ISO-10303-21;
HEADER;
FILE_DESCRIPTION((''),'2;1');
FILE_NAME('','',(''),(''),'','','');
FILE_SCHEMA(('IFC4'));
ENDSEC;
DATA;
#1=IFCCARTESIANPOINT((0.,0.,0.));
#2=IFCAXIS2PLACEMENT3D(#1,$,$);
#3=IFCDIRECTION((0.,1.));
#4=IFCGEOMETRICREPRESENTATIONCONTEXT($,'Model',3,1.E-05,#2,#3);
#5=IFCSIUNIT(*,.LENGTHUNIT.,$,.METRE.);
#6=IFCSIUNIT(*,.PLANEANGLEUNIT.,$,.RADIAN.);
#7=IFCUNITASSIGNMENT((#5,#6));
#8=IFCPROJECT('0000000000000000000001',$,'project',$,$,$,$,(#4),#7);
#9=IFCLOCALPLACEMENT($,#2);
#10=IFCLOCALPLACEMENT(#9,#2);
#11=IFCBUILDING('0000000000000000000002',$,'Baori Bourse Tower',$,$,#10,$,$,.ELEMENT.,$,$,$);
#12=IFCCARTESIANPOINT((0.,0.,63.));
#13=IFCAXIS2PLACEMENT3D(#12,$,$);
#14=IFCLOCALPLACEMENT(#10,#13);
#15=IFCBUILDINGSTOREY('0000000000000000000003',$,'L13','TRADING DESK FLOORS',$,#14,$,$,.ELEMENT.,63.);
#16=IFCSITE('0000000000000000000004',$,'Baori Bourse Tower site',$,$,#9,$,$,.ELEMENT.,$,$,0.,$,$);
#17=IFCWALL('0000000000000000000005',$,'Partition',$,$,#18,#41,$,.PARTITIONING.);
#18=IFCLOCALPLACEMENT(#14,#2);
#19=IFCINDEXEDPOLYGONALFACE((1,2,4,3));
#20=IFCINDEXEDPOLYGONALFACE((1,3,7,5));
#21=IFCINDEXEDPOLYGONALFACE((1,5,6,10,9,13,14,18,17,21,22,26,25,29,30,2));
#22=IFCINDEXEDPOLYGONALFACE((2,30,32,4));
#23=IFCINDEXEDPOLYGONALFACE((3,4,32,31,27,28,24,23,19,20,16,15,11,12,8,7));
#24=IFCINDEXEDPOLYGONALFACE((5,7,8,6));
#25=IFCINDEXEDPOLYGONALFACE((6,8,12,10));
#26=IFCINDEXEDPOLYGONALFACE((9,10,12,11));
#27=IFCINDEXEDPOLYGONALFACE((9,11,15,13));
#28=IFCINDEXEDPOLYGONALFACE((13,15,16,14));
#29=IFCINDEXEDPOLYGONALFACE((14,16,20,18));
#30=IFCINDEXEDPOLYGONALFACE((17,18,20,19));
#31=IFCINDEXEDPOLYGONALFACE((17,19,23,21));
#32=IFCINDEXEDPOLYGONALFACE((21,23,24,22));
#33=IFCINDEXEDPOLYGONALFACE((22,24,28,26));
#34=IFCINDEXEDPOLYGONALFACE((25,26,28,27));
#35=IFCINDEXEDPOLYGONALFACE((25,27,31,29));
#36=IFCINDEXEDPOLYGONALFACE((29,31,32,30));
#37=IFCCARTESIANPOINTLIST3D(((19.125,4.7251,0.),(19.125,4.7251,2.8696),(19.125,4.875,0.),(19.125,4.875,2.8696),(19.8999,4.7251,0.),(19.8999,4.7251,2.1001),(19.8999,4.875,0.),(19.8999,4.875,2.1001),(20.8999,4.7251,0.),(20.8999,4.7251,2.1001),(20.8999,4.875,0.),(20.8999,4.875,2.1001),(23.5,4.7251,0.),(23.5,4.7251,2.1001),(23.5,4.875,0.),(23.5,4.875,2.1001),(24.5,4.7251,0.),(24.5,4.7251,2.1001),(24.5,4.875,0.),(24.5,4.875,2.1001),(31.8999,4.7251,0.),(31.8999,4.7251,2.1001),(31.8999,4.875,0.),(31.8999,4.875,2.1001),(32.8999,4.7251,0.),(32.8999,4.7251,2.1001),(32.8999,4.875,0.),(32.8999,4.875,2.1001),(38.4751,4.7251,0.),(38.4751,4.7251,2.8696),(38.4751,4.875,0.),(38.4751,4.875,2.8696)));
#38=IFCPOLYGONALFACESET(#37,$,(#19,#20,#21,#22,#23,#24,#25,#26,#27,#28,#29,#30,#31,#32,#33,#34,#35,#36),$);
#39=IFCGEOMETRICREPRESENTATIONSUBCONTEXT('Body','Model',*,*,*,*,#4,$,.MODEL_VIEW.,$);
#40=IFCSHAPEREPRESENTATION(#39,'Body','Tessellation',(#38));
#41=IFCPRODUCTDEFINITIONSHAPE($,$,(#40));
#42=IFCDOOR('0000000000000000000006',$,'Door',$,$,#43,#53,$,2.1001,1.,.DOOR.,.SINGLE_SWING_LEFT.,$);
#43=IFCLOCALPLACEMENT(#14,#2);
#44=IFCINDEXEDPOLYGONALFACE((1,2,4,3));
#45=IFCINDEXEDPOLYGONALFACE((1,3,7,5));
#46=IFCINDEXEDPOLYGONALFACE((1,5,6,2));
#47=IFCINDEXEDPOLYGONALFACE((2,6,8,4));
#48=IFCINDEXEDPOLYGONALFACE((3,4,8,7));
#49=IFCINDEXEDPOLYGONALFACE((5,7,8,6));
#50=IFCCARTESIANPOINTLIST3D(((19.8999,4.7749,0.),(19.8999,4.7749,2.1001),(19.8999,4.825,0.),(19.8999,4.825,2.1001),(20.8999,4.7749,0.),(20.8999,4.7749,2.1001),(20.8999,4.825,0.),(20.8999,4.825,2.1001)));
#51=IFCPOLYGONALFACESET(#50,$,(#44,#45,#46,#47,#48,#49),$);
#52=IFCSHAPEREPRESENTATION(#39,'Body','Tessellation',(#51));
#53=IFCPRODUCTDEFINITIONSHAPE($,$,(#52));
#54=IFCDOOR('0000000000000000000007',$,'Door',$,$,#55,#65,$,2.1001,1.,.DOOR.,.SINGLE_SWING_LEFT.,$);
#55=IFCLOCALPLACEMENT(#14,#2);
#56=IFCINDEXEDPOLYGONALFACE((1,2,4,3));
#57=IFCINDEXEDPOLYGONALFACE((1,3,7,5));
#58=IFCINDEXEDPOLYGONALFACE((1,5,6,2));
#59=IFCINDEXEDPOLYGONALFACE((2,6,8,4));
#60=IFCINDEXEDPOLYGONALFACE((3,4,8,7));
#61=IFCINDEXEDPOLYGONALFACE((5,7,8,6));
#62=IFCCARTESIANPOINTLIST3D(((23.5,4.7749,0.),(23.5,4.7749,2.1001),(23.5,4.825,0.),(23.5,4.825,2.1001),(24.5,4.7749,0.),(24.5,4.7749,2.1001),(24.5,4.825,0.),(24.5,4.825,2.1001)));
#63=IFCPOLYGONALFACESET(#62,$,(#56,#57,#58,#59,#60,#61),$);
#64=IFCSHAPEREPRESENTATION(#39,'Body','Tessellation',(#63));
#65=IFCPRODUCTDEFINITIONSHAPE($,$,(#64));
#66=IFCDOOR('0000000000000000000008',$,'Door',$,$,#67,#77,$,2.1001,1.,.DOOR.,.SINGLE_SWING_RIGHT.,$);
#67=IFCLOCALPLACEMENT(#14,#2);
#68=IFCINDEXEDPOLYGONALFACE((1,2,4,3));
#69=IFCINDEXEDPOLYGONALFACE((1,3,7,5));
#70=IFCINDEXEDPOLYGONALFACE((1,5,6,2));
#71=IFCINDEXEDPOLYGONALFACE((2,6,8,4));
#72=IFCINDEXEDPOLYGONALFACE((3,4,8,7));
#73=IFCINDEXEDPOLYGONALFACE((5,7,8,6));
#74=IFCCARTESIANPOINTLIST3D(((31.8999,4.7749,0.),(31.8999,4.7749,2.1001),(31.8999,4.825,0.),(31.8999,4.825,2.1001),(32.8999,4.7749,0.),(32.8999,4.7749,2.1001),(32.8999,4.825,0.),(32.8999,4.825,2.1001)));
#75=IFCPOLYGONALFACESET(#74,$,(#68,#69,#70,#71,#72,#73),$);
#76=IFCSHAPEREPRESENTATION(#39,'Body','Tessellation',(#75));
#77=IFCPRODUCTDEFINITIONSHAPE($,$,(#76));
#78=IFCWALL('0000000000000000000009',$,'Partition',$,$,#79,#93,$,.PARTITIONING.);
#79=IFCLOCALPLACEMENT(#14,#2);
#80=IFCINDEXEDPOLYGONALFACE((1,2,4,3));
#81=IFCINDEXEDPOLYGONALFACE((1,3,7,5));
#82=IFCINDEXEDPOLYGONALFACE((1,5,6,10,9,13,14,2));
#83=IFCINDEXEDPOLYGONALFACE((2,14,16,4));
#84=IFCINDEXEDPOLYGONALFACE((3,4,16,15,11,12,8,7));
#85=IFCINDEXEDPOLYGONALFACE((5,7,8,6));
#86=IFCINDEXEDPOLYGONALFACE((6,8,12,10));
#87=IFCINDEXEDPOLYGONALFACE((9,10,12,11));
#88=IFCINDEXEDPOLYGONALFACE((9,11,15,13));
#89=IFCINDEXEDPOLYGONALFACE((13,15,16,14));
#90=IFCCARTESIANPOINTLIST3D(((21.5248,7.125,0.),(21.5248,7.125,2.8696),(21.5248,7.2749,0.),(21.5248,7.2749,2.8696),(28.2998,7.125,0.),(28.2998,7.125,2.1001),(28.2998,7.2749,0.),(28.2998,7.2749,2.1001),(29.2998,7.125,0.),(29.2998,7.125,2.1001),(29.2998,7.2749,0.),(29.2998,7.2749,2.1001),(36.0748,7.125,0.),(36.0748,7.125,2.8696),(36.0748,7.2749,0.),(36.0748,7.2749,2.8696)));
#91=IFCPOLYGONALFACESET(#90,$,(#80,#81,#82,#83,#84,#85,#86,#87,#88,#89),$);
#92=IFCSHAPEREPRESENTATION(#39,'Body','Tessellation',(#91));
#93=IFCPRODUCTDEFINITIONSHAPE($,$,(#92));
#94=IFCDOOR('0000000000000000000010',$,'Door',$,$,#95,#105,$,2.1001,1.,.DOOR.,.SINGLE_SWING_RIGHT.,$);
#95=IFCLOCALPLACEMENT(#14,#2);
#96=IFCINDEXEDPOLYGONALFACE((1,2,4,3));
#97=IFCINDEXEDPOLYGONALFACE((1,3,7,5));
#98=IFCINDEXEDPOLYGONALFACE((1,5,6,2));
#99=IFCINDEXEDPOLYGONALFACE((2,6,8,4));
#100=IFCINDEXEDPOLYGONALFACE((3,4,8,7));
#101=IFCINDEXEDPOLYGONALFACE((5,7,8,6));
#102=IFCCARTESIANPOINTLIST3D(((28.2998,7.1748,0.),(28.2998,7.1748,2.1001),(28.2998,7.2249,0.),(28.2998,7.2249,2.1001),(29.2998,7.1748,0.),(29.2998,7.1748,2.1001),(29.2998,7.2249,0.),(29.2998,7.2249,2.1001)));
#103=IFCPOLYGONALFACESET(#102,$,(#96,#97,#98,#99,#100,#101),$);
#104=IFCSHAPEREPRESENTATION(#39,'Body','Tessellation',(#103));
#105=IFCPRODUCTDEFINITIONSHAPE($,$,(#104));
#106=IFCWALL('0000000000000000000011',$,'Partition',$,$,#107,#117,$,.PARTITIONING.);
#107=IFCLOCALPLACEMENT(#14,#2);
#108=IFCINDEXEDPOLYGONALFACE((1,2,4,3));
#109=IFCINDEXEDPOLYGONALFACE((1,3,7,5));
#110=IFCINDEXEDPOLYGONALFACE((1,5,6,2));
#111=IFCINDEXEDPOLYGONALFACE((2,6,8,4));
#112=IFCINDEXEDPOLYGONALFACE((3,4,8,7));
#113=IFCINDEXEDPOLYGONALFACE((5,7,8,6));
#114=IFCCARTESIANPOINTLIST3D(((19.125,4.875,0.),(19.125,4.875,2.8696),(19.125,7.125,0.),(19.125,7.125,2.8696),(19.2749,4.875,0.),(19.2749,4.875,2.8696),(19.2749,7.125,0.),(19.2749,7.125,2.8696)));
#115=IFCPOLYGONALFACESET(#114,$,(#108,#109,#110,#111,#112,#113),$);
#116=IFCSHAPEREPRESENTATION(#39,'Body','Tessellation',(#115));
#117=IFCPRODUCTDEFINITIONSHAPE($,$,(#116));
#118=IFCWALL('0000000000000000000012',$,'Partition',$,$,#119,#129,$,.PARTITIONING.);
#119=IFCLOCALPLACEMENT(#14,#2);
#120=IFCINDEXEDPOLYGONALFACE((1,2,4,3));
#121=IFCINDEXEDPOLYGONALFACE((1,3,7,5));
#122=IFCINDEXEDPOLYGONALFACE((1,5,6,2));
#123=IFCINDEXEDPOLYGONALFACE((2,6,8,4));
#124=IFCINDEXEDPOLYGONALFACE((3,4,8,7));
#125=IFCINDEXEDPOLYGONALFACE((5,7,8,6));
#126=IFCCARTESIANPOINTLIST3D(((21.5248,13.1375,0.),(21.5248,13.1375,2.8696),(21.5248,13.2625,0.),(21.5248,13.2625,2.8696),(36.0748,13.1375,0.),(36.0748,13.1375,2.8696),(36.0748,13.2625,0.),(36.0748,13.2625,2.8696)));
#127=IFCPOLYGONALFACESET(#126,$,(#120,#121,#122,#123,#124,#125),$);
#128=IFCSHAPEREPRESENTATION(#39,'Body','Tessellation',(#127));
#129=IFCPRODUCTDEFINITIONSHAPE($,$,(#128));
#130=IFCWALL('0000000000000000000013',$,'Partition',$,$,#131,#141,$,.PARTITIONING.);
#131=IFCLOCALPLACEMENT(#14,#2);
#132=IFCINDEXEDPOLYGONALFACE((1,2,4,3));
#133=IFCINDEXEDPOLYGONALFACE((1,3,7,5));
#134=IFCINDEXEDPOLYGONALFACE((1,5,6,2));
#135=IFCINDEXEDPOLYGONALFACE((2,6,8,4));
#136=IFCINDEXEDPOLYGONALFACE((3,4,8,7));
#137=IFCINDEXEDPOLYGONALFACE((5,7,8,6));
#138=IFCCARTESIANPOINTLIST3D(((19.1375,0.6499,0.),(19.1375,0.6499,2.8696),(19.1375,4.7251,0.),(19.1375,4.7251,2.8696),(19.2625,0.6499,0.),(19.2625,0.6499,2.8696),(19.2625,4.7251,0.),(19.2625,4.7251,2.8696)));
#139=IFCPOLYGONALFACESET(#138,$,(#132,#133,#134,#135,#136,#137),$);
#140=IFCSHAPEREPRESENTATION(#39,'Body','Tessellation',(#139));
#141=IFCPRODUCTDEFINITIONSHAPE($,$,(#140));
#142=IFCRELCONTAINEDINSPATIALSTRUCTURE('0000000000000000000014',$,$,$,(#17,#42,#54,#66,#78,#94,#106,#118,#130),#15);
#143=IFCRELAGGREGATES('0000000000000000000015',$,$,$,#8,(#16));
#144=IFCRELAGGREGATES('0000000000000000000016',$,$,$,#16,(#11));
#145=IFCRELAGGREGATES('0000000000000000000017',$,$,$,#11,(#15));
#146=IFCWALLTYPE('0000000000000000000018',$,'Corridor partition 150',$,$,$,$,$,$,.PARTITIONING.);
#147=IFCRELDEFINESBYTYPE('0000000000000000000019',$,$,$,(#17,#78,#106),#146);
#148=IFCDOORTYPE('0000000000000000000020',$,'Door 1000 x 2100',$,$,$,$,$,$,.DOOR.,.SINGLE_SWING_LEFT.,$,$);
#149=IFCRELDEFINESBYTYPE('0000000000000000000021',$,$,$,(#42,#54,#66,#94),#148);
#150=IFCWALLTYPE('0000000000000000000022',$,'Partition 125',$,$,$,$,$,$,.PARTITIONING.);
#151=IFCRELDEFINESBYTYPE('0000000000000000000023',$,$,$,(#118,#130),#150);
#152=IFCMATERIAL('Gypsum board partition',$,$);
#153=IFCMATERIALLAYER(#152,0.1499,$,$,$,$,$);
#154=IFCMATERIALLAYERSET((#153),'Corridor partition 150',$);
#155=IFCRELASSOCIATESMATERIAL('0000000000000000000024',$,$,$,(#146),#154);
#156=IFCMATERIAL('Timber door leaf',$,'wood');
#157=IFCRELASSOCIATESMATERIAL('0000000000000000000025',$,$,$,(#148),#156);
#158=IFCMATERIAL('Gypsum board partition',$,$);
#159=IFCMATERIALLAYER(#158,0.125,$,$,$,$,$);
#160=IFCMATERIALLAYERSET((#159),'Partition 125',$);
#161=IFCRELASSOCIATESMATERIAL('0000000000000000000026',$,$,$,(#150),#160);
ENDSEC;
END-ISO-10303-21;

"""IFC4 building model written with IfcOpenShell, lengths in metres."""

from ifc_helpers import new_model, si_unit, direction, frame, frame_2d, origin, place, context, subcontext, project, spatial, rectangle, extrude, material, layer, layer_set, type_object, element, fill, save


model = new_model("IFC4")

# Units and contexts
model_context = context("Model", 3, precision=1e-05, world=origin(), true_north=direction((0.0, 1.0)))
body_context = subcontext(model_context, "Body", "Model", "MODEL_VIEW")
ifc_project = project(units=[si_unit("LENGTHUNIT", "METRE"), si_unit("PLANEANGLEUNIT", "RADIAN")], contexts=[model_context])

# Site, building, storey
site_placement = place(None, origin())
site = spatial("IfcSite", under=ifc_project, at=site_placement, Name="Baori Bourse Tower site", CompositionType="ELEMENT", RefElevation=0.0)
building_placement = place(site_placement, origin())
building = spatial("IfcBuilding", under=site, at=building_placement, Name="Baori Bourse Tower", CompositionType="ELEMENT")
storey_placement = place(building_placement, frame((0.0, 0.0, 63.0)))
storey = spatial("IfcBuildingStorey", under=building, at=storey_placement, Name="L13", Description="TRADING DESK FLOORS", CompositionType="ELEMENT", Elevation=63.0)

# Wall, openings, doors
ifc_material_1 = material(Name="Gypsum board partition")
ifc_layer_1 = layer(ifc_material_1, 0.1499)
ifc_layer_set_1 = layer_set([ifc_layer_1], Name="Corridor partition 150")
wall_type_1 = type_object("IfcWallType", Name="Corridor partition 150", PredefinedType="PARTITIONING", material=ifc_layer_set_1)
wall_1_placement = place(storey_placement, frame((19.125, 4.8, 0.0), z_axis=(0.0, 0.0, 1.0), x_axis=(1.0, 0.0, 0.0)))
wall_1 = element("IfcWall", 1, at=wall_1_placement, inside=storey, type_object=wall_type_1, Name="Partition", PredefinedType="PARTITIONING", context=body_context, shape_type="SweptSolid", body=[
    extrude(rectangle(XDim=19.3501, YDim=0.1499, at=frame_2d((9.675, 0.0))), origin(), (0.0, 0.0, 1.0), 2.8696),
])
opening_1_placement = place(wall_1_placement, frame((0.7749, 0.0, 0.0)))
opening_1 = element("IfcOpeningElement", 2, at=opening_1_placement, cuts=wall_1, PredefinedType="OPENING", context=body_context, shape_type="SweptSolid", body=[
    extrude(rectangle(XDim=1.0, YDim=2.1001, at=frame_2d((0.5, 1.05))), frame((0.0, 0.085, 0.0), z_axis=(0.0, -1.0, 0.0), x_axis=(1.0, 0.0, 0.0)), (0.0, 0.0, 1.0), 0.1699),
])
opening_2_placement = place(wall_1_placement, frame((4.375, 0.0, 0.0)))
opening_2 = element("IfcOpeningElement", 3, at=opening_2_placement, cuts=wall_1, PredefinedType="OPENING", context=body_context, shape_type="SweptSolid", body=[
    extrude(rectangle(XDim=1.0, YDim=2.1001, at=frame_2d((0.5, 1.05))), frame((0.0, 0.085, 0.0), z_axis=(0.0, -1.0, 0.0), x_axis=(1.0, 0.0, 0.0)), (0.0, 0.0, 1.0), 0.1699),
])
opening_3_placement = place(wall_1_placement, frame((12.7749, 0.0, 0.0)))
opening_3 = element("IfcOpeningElement", 4, at=opening_3_placement, cuts=wall_1, PredefinedType="OPENING", context=body_context, shape_type="SweptSolid", body=[
    extrude(rectangle(XDim=1.0, YDim=2.1001, at=frame_2d((0.5, 1.05))), frame((0.0, 0.085, 0.0), z_axis=(0.0, -1.0, 0.0), x_axis=(1.0, 0.0, 0.0)), (0.0, 0.0, 1.0), 0.1699),
])
ifc_material_2 = material(Name="Timber door leaf", Category="wood")
door_type_1 = type_object("IfcDoorType", Name="Door 1000 x 2100", OperationType="SINGLE_SWING_LEFT", PredefinedType="DOOR", material=ifc_material_2)
door_1_placement = place(opening_1_placement, origin())
door_1 = element("IfcDoor", 5, at=door_1_placement, inside=storey, type_object=door_type_1, Name="Door", OperationType="SINGLE_SWING_LEFT", OverallHeight=2.1001, OverallWidth=1.0, PredefinedType="DOOR", context=body_context, shape_type="SweptSolid", body=[
    extrude(rectangle(XDim=1.0, YDim=2.1001, at=frame_2d((0.5, 1.05))), frame((0.0, 0.0249, 0.0), z_axis=(0.0, -1.0, 0.0), x_axis=(1.0, 0.0, 0.0)), (0.0, 0.0, 1.0), 0.05),
])
fill(opening_1, door_1)
door_2_placement = place(opening_2_placement, origin())
door_2 = element("IfcDoor", 6, at=door_2_placement, inside=storey, type_object=door_type_1, Name="Door", OperationType="SINGLE_SWING_LEFT", OverallHeight=2.1001, OverallWidth=1.0, PredefinedType="DOOR", context=body_context, shape_type="SweptSolid", body=[
    extrude(rectangle(XDim=1.0, YDim=2.1001, at=frame_2d((0.5, 1.05))), frame((0.0, 0.0249, 0.0), z_axis=(0.0, -1.0, 0.0), x_axis=(1.0, 0.0, 0.0)), (0.0, 0.0, 1.0), 0.05),
])
fill(opening_2, door_2)
door_3_placement = place(opening_3_placement, origin())
door_3 = element("IfcDoor", 7, at=door_3_placement, inside=storey, type_object=door_type_1, Name="Door", OperationType="SINGLE_SWING_RIGHT", OverallHeight=2.1001, OverallWidth=1.0, PredefinedType="DOOR", context=body_context, shape_type="SweptSolid", body=[
    extrude(rectangle(XDim=1.0, YDim=2.1001, at=frame_2d((0.5, 1.05))), frame((0.0, 0.0249, 0.0), z_axis=(0.0, -1.0, 0.0), x_axis=(1.0, 0.0, 0.0)), (0.0, 0.0, 1.0), 0.05),
])
fill(opening_3, door_3)

# Wall, opening, door
wall_2_placement = place(storey_placement, frame((21.5249, 7.2, 0.0), z_axis=(0.0, 0.0, 1.0), x_axis=(1.0, 0.0, 0.0)))
wall_2 = element("IfcWall", 8, at=wall_2_placement, inside=storey, type_object=wall_type_1, Name="Partition", PredefinedType="PARTITIONING", context=body_context, shape_type="SweptSolid", body=[
    extrude(rectangle(XDim=14.55, YDim=0.1499, at=frame_2d((7.2749, 0.0))), origin(), (0.0, 0.0, 1.0), 2.8696),
])
opening_4_placement = place(wall_2_placement, frame((6.7749, 0.0, 0.0)))
opening_4 = element("IfcOpeningElement", 9, at=opening_4_placement, cuts=wall_2, PredefinedType="OPENING", context=body_context, shape_type="SweptSolid", body=[
    extrude(rectangle(XDim=1.0, YDim=2.1001, at=frame_2d((0.5, 1.05))), frame((0.0, 0.085, 0.0), z_axis=(0.0, -1.0, 0.0), x_axis=(1.0, 0.0, 0.0)), (0.0, 0.0, 1.0), 0.1699),
])
door_4_placement = place(opening_4_placement, origin())
door_4 = element("IfcDoor", 10, at=door_4_placement, inside=storey, type_object=door_type_1, Name="Door", OperationType="SINGLE_SWING_RIGHT", OverallHeight=2.1001, OverallWidth=1.0, PredefinedType="DOOR", context=body_context, shape_type="SweptSolid", body=[
    extrude(rectangle(XDim=1.0, YDim=2.1001, at=frame_2d((0.5, 1.05))), frame((0.0, 0.0249, 0.0), z_axis=(0.0, -1.0, 0.0), x_axis=(1.0, 0.0, 0.0)), (0.0, 0.0, 1.0), 0.05),
])
fill(opening_4, door_4)

# Walls
wall_3_placement = place(storey_placement, frame((19.2, 4.875, 0.0), z_axis=(0.0, 0.0, 1.0), x_axis=(0.0, 1.0, 0.0)))
element("IfcWall", 11, at=wall_3_placement, inside=storey, type_object=wall_type_1, Name="Partition", PredefinedType="PARTITIONING", context=body_context, shape_type="SweptSolid", body=[
    extrude(rectangle(XDim=2.25, YDim=0.1499, at=frame_2d((1.125, 0.0))), origin(), (0.0, 0.0, 1.0), 2.8696),
])
ifc_material_3 = material(Name="Gypsum board partition")
ifc_layer_2 = layer(ifc_material_3, 0.125)
ifc_layer_set_2 = layer_set([ifc_layer_2], Name="Partition 125")
wall_type_2 = type_object("IfcWallType", Name="Partition 125", PredefinedType="PARTITIONING", material=ifc_layer_set_2)
wall_4_placement = place(storey_placement, frame((21.5249, 13.2, 0.0), z_axis=(0.0, 0.0, 1.0), x_axis=(1.0, 0.0, 0.0)))
element("IfcWall", 12, at=wall_4_placement, inside=storey, type_object=wall_type_2, Name="Partition", PredefinedType="PARTITIONING", context=body_context, shape_type="SweptSolid", body=[
    extrude(rectangle(XDim=14.55, YDim=0.125, at=frame_2d((7.2749, 0.0))), origin(), (0.0, 0.0, 1.0), 2.8696),
])
wall_5_placement = place(storey_placement, frame((19.2, 0.6499, 0.0), z_axis=(0.0, 0.0, 1.0), x_axis=(0.0, 1.0, 0.0)))
element("IfcWall", 13, at=wall_5_placement, inside=storey, type_object=wall_type_2, Name="Partition", PredefinedType="PARTITIONING", context=body_context, shape_type="SweptSolid", body=[
    extrude(rectangle(XDim=4.0752, YDim=0.125, at=frame_2d((2.0376, 0.0))), origin(), (0.0, 0.0, 1.0), 2.8696),
])

save(model, "model.ifc")
